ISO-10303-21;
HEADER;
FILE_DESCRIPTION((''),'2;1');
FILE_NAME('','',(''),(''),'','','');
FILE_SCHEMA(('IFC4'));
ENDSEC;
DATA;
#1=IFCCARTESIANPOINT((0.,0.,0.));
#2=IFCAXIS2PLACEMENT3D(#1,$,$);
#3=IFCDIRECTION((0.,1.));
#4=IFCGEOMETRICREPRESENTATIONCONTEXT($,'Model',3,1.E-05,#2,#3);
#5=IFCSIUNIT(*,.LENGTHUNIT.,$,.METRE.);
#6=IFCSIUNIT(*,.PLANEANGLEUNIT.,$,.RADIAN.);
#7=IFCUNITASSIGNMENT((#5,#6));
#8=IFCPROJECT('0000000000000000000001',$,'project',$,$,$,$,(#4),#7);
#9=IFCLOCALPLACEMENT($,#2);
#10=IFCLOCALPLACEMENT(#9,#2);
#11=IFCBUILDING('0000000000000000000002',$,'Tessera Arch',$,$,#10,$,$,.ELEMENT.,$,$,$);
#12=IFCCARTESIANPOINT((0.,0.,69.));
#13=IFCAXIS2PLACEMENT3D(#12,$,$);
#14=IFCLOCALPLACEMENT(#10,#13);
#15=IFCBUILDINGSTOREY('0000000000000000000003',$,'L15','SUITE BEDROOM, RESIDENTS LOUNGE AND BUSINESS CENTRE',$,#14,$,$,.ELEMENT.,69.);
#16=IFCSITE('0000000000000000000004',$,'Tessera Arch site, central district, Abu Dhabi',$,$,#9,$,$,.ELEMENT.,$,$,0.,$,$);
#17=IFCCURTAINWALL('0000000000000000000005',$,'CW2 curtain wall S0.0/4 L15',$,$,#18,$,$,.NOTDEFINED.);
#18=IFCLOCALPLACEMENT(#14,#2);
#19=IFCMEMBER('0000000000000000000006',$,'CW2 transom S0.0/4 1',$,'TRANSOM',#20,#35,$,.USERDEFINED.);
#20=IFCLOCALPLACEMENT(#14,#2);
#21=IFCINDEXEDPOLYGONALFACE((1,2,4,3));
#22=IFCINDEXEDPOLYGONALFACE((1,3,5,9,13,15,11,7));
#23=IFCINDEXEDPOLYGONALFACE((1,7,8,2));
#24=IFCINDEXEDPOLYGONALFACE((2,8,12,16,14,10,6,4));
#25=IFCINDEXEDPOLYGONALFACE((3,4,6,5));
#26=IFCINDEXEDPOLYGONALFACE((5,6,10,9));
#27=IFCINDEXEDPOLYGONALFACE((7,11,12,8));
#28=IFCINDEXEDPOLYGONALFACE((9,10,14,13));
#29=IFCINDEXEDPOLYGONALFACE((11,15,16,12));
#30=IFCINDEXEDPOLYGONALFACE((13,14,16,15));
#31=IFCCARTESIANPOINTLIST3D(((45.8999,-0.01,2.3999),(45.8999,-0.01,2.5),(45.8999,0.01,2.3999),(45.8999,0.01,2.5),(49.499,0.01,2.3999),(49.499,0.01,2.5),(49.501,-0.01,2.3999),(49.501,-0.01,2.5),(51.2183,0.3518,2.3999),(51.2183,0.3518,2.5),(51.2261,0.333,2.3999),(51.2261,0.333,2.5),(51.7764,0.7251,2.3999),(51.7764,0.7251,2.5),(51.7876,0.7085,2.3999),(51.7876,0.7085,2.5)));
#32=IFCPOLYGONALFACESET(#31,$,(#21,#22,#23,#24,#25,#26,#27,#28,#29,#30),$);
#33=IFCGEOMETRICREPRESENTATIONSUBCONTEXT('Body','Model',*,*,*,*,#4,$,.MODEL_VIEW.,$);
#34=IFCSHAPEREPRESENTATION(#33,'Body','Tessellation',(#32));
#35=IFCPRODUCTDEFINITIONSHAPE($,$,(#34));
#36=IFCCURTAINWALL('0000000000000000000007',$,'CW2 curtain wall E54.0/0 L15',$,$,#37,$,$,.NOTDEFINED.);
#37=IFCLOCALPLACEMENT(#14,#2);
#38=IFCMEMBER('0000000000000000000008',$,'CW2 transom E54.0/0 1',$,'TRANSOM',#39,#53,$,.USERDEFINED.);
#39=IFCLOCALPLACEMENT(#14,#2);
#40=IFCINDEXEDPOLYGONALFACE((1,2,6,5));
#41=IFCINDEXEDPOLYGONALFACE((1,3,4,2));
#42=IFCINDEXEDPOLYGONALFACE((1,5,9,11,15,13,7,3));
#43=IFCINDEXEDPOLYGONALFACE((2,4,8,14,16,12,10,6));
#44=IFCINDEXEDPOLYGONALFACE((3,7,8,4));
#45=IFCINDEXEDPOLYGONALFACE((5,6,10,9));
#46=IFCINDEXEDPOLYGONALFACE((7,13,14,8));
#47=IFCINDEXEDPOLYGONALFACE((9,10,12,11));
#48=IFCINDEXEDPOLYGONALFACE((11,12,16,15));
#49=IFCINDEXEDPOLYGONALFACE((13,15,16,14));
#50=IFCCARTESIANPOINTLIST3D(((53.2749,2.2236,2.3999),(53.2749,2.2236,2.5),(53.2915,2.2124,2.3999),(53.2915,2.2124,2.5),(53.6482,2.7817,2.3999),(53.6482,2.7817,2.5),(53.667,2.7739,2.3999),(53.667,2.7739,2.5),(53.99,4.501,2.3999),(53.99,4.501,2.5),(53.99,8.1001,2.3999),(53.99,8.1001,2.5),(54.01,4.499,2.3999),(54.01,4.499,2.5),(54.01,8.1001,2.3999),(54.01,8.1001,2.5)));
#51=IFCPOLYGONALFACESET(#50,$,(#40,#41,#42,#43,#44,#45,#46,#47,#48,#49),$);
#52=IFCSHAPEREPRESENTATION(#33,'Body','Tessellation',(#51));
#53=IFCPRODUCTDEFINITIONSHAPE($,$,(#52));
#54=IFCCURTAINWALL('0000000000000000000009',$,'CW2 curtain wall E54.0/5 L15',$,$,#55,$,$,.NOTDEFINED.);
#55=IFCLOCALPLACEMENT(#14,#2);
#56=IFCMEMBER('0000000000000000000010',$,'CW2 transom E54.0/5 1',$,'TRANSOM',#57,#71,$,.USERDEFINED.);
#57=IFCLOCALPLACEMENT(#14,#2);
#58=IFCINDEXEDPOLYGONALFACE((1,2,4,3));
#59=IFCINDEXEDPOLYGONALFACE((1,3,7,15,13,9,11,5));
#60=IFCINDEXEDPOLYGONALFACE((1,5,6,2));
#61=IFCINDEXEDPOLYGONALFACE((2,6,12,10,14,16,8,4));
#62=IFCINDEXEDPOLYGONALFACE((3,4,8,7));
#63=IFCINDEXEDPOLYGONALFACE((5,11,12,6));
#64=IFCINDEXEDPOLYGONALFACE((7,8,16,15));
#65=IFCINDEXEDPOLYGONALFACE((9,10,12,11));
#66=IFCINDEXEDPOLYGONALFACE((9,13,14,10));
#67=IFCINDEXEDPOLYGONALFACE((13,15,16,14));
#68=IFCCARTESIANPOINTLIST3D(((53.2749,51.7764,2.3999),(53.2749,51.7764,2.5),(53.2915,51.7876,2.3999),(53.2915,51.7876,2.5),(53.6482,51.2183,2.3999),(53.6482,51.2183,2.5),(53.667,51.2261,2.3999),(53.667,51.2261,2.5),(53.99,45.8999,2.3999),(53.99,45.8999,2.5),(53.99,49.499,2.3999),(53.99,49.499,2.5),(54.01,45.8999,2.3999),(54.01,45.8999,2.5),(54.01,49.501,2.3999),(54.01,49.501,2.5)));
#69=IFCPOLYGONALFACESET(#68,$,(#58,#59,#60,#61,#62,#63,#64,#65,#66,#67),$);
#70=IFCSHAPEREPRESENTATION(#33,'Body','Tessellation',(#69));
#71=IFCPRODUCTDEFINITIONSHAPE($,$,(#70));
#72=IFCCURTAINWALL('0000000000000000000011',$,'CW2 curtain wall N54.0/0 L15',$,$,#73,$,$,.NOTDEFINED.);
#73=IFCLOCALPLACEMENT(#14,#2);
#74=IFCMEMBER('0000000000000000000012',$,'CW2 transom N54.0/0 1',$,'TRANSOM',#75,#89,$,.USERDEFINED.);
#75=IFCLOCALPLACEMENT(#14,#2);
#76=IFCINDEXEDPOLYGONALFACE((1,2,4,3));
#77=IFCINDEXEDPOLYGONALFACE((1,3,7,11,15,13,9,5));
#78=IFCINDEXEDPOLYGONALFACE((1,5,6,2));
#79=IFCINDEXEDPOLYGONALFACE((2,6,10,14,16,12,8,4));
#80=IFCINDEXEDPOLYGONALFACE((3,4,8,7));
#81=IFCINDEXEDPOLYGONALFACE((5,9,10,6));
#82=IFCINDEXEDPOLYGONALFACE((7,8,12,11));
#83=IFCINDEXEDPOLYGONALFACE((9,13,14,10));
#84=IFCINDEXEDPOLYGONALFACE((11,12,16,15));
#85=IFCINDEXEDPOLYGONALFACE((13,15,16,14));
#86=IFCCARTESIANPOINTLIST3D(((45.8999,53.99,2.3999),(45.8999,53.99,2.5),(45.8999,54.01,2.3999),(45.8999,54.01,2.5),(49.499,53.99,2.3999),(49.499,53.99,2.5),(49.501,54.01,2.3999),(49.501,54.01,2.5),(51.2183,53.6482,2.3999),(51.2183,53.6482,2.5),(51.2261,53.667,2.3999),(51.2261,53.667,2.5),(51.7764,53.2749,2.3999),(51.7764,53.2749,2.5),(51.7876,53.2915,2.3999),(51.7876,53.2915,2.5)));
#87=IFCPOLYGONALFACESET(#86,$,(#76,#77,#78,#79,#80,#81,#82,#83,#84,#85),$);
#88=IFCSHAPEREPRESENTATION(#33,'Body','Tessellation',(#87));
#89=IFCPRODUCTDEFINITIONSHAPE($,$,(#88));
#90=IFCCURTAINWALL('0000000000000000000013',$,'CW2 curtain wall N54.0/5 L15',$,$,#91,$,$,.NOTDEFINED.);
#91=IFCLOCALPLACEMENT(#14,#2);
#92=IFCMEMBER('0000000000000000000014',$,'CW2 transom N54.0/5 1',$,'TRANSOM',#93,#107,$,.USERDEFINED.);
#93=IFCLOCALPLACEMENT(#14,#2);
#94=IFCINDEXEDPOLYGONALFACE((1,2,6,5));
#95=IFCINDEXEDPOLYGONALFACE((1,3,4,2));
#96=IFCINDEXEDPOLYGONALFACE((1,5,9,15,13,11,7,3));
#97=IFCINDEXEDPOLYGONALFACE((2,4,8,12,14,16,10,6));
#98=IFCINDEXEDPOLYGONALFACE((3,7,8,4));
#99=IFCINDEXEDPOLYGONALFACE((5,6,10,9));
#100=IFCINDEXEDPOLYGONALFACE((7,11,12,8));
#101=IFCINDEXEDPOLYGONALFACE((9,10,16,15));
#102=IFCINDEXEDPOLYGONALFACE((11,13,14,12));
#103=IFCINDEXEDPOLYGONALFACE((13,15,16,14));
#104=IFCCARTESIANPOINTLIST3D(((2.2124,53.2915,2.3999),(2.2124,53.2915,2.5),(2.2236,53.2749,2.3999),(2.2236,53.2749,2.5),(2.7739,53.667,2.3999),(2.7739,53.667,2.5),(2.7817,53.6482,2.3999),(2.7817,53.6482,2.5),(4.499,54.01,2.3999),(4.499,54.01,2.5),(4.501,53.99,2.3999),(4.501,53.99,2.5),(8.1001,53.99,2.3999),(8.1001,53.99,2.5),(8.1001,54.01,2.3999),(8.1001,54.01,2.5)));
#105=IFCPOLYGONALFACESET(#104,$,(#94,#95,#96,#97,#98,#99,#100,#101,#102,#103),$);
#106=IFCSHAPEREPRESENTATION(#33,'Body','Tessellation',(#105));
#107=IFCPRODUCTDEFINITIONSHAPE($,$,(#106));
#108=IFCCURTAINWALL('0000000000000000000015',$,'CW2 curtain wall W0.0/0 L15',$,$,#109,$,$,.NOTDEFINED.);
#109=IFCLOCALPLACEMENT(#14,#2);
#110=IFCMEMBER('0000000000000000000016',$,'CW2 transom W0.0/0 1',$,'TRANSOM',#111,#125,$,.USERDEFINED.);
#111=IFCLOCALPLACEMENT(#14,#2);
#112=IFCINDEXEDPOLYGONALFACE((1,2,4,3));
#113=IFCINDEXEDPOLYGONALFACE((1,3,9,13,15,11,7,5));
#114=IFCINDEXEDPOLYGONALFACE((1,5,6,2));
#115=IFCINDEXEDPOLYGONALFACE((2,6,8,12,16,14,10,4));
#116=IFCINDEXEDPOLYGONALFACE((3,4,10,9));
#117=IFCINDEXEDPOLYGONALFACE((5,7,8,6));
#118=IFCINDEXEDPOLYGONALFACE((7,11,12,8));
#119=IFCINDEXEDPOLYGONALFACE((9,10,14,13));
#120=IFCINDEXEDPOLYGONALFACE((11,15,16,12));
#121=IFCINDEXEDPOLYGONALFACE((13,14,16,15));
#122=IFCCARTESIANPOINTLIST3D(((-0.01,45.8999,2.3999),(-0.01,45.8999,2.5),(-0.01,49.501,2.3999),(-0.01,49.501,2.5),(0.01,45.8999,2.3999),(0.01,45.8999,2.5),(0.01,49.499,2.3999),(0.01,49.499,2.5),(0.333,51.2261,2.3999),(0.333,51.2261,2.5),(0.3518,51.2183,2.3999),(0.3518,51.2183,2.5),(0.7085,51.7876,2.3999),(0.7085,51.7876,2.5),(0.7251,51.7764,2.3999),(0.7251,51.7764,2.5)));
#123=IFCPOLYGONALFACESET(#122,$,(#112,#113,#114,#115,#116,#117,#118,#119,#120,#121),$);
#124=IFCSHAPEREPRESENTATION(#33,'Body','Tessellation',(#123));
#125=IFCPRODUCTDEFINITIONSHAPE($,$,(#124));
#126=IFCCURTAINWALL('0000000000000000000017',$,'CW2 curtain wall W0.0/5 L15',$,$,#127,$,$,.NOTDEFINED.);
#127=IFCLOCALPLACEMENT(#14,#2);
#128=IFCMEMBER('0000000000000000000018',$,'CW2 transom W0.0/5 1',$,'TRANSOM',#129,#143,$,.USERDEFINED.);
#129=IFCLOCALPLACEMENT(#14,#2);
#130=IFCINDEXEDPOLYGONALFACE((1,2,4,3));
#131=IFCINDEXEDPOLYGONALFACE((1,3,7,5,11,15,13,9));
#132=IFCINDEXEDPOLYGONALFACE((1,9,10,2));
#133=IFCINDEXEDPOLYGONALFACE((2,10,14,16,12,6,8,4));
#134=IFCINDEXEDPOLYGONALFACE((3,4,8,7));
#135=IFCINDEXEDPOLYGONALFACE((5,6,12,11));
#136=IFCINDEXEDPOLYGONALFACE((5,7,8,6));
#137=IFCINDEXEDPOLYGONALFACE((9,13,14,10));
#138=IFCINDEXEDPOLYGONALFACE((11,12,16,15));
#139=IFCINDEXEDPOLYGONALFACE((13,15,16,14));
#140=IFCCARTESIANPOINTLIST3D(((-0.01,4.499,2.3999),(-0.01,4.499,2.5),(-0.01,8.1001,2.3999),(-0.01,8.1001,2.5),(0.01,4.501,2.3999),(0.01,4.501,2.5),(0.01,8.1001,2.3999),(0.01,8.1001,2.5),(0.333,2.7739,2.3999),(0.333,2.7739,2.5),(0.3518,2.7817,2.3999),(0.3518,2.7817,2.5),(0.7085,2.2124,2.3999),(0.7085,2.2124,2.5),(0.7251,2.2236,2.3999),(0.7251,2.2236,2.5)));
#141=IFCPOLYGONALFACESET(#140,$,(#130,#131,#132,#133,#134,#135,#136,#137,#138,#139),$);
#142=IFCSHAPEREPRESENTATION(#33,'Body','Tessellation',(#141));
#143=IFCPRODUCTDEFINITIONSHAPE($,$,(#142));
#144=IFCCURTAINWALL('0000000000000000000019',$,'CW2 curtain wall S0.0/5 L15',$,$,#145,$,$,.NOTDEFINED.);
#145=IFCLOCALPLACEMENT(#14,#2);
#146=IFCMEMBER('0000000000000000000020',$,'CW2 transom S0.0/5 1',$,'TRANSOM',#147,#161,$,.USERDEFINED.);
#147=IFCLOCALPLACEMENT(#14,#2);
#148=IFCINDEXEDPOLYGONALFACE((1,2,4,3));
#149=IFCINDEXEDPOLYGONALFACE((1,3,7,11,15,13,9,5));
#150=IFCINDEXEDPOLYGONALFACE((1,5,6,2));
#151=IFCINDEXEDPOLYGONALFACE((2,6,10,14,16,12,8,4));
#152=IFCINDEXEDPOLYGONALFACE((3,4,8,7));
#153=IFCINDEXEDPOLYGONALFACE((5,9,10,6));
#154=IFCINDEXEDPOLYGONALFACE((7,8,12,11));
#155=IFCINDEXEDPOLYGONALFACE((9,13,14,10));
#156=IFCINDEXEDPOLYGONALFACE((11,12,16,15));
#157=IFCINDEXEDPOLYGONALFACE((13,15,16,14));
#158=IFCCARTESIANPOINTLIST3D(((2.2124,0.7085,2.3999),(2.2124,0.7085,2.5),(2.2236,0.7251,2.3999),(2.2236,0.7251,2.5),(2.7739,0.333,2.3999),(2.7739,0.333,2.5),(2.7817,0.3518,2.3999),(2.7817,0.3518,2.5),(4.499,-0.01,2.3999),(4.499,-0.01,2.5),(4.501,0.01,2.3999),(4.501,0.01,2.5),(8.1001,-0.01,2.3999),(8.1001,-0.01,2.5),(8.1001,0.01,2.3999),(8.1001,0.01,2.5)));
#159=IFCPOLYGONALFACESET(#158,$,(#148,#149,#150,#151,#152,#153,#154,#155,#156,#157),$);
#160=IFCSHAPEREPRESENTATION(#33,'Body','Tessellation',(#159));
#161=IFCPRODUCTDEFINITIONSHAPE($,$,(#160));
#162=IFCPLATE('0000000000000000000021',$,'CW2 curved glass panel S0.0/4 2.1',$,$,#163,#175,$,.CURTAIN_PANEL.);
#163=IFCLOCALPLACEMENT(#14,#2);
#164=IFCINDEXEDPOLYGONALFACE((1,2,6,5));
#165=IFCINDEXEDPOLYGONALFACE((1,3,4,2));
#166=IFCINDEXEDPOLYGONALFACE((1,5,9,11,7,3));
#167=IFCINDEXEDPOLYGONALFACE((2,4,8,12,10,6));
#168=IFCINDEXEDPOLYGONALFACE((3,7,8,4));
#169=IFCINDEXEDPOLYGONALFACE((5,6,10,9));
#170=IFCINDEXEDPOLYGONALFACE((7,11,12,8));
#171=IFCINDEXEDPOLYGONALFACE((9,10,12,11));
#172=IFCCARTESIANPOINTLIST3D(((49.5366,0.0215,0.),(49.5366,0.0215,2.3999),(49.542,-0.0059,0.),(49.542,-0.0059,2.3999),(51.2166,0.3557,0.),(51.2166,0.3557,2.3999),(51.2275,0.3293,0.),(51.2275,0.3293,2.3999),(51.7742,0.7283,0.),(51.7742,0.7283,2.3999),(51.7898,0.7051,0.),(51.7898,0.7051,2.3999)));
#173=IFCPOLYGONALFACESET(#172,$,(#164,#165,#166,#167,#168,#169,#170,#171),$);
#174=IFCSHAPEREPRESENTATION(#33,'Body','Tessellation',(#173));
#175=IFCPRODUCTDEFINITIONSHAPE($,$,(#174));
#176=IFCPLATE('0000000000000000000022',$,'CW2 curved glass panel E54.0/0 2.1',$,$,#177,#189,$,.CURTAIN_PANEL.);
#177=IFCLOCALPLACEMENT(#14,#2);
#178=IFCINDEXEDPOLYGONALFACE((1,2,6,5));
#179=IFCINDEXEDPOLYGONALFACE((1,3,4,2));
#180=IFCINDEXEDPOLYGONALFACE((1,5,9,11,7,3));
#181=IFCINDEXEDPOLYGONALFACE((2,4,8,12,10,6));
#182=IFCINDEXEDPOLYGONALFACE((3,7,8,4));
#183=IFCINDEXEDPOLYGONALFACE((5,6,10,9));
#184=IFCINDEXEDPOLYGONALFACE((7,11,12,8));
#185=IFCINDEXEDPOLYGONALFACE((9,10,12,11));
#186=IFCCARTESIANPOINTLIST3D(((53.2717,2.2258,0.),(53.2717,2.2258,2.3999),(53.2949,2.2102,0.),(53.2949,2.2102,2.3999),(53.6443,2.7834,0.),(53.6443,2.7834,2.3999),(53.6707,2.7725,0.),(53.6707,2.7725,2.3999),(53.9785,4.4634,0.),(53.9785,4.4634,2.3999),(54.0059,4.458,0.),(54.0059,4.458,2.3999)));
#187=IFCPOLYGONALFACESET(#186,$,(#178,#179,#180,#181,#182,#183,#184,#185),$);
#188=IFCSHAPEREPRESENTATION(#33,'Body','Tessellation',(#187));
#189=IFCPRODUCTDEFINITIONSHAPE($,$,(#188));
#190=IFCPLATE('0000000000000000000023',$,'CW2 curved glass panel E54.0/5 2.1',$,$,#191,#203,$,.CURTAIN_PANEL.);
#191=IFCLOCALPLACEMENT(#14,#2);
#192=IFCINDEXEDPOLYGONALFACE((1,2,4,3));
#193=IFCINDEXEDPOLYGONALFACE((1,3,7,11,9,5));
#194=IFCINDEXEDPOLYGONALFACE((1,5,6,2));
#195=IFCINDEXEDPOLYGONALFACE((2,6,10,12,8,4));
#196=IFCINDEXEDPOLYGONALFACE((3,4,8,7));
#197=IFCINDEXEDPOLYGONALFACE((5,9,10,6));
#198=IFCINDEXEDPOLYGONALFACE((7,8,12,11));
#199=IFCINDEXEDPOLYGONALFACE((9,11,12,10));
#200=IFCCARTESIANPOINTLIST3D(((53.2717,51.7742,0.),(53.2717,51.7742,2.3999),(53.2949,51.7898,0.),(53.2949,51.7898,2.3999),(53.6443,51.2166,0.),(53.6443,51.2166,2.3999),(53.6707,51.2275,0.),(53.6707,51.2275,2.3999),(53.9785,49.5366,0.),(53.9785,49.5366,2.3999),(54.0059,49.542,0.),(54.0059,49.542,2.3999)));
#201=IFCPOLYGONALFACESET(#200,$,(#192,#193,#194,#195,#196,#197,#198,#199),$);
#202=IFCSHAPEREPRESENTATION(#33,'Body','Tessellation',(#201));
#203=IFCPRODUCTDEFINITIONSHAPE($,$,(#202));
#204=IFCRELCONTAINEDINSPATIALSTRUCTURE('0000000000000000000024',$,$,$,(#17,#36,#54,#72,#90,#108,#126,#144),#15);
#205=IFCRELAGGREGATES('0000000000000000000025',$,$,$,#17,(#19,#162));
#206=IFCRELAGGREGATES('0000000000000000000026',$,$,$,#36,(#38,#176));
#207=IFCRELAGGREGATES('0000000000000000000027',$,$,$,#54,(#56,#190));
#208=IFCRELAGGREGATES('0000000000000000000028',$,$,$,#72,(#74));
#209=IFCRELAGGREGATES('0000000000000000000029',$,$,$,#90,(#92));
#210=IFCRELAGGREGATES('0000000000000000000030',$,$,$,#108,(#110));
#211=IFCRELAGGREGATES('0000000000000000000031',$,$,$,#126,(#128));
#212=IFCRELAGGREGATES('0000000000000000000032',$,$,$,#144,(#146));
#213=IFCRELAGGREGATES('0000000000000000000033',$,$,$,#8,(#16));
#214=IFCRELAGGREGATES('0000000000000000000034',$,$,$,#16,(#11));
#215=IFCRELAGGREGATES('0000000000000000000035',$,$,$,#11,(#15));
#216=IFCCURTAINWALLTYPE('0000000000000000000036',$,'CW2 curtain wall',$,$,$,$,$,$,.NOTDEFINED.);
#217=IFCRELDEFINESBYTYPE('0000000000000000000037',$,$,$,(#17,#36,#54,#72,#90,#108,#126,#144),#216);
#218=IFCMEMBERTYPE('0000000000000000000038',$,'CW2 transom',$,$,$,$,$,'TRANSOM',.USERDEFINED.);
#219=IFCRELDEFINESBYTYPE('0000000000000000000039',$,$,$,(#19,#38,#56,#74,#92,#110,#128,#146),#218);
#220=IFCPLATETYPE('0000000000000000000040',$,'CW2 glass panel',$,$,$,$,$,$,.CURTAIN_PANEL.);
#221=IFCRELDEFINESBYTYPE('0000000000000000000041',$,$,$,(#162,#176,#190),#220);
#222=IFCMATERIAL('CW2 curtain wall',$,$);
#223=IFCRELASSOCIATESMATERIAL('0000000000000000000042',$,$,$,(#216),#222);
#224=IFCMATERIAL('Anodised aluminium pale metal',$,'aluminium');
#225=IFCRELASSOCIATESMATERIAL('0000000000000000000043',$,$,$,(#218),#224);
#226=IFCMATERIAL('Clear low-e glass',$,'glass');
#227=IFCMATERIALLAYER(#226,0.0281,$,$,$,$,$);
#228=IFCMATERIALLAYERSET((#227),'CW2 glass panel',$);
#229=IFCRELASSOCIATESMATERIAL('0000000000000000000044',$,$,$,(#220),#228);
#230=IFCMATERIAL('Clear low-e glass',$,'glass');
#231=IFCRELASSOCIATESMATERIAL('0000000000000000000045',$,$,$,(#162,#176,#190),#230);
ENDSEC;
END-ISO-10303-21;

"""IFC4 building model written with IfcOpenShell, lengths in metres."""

from ifc_helpers import new_model, si_unit, direction, frame, origin, origin_2d, place, context, subcontext, project, spatial, polyline, rectangle, outline, extrude, material, layer, layer_set, material_profile, profile_set, type_object, element, aggregate, save


model = new_model("IFC4")

# Units and contexts
model_context = context("Model", 3, precision=1e-05, world=origin(), true_north=direction((0.0, 1.0)))
body_context = subcontext(model_context, "Body", "Model", "MODEL_VIEW")
ifc_project = project(units=[si_unit("LENGTHUNIT", "METRE"), si_unit("PLANEANGLEUNIT", "RADIAN")], contexts=[model_context])

# Site, building, storey
site_placement = place(None, origin())
site = spatial("IfcSite", under=ifc_project, at=site_placement, Name="Tessera Arch site, central district, Abu Dhabi", CompositionType="ELEMENT", RefElevation=0.0)
building_placement = place(site_placement, origin())
building = spatial("IfcBuilding", under=site, at=building_placement, Name="Tessera Arch", CompositionType="ELEMENT")
storey_placement = place(building_placement, frame((0.0, 0.0, 69.0)))
storey = spatial("IfcBuildingStorey", under=building, at=storey_placement, Name="L15", Description="SUITE BEDROOM, RESIDENTS LOUNGE AND BUSINESS CENTRE", CompositionType="ELEMENT", Elevation=69.0)

# Curtain walls, members
ifc_material_1 = material(Name="CW2 curtain wall")
curtain_wall_type = type_object("IfcCurtainWallType", Name="CW2 curtain wall", PredefinedType="NOTDEFINED", material=ifc_material_1)
curtain_wall_1_placement = place(storey_placement, origin())
curtain_wall_1 = element("IfcCurtainWall", 1, at=curtain_wall_1_placement, inside=storey, type_object=curtain_wall_type, Name="CW2 curtain wall S0.0/4 L15", PredefinedType="NOTDEFINED")
ifc_material_2 = material(Name="Anodised aluminium pale metal", Category="aluminium")
ifc_material_profile = material_profile(ifc_material_2, rectangle(XDim=0.2, YDim=0.1001, at=origin_2d()), Name="AL 200x100")
ifc_profile_set = profile_set([ifc_material_profile], Name="Anodised aluminium pale metal")
member_type = type_object("IfcMemberType", Name="CW2 transom", ElementType="TRANSOM", PredefinedType="USERDEFINED", material=ifc_profile_set)
member_1_placement = place(storey_placement, frame((0.0, 0.0, 2.3999)))
member_1 = element("IfcMember", 2, at=member_1_placement, type_object=member_type, Name="CW2 transom S0.0/4 1", ObjectType="TRANSOM", PredefinedType="USERDEFINED", context=body_context, shape_type="SweptSolid", body=[
    extrude(outline(polyline([(49.499, 0.01), (45.8999, 0.01), (45.8999, -0.01), (49.501, -0.01), (51.2261, 0.333), (51.7876, 0.7085), (51.7764, 0.7251), (51.2183, 0.3518), (49.499, 0.01)])), origin(), (0.0, 0.0, 1.0), 0.1001),
])
curtain_wall_2_placement = place(storey_placement, origin())
curtain_wall_2 = element("IfcCurtainWall", 3, at=curtain_wall_2_placement, inside=storey, type_object=curtain_wall_type, Name="CW2 curtain wall E54.0/0 L15", PredefinedType="NOTDEFINED")
member_2_placement = place(storey_placement, frame((0.0, 0.0, 2.3999)))
member_2 = element("IfcMember", 4, at=member_2_placement, type_object=member_type, Name="CW2 transom E54.0/0 1", ObjectType="TRANSOM", PredefinedType="USERDEFINED", context=body_context, shape_type="SweptSolid", body=[
    extrude(outline(polyline([(53.6482, 2.7817), (53.2749, 2.2236), (53.2915, 2.2124), (53.667, 2.7739), (54.01, 4.499), (54.01, 8.1001), (53.99, 8.1001), (53.99, 4.501), (53.6482, 2.7817)])), origin(), (0.0, 0.0, 1.0), 0.1001),
])
curtain_wall_3_placement = place(storey_placement, origin())
curtain_wall_3 = element("IfcCurtainWall", 5, at=curtain_wall_3_placement, inside=storey, type_object=curtain_wall_type, Name="CW2 curtain wall E54.0/5 L15", PredefinedType="NOTDEFINED")
member_3_placement = place(storey_placement, frame((0.0, 0.0, 2.3999)))
member_3 = element("IfcMember", 6, at=member_3_placement, type_object=member_type, Name="CW2 transom E54.0/5 1", ObjectType="TRANSOM", PredefinedType="USERDEFINED", context=body_context, shape_type="SweptSolid", body=[
    extrude(outline(polyline([(53.99, 49.499), (53.99, 45.8999), (54.01, 45.8999), (54.01, 49.501), (53.667, 51.2261), (53.2915, 51.7876), (53.2749, 51.7764), (53.6482, 51.2183), (53.99, 49.499)])), origin(), (0.0, 0.0, 1.0), 0.1001),
])
curtain_wall_4_placement = place(storey_placement, origin())
curtain_wall_4 = element("IfcCurtainWall", 7, at=curtain_wall_4_placement, inside=storey, type_object=curtain_wall_type, Name="CW2 curtain wall N54.0/0 L15", PredefinedType="NOTDEFINED")
member_4_placement = place(storey_placement, frame((0.0, 0.0, 2.3999)))
member_4 = element("IfcMember", 8, at=member_4_placement, type_object=member_type, Name="CW2 transom N54.0/0 1", ObjectType="TRANSOM", PredefinedType="USERDEFINED", context=body_context, shape_type="SweptSolid", body=[
    extrude(outline(polyline([(51.2183, 53.6482), (51.7764, 53.2749), (51.7876, 53.2915), (51.2261, 53.667), (49.501, 54.01), (45.8999, 54.01), (45.8999, 53.99), (49.499, 53.99), (51.2183, 53.6482)])), origin(), (0.0, 0.0, 1.0), 0.1001),
])
curtain_wall_5_placement = place(storey_placement, origin())
curtain_wall_5 = element("IfcCurtainWall", 9, at=curtain_wall_5_placement, inside=storey, type_object=curtain_wall_type, Name="CW2 curtain wall N54.0/5 L15", PredefinedType="NOTDEFINED")
member_5_placement = place(storey_placement, frame((0.0, 0.0, 2.3999)))
member_5 = element("IfcMember", 10, at=member_5_placement, type_object=member_type, Name="CW2 transom N54.0/5 1", ObjectType="TRANSOM", PredefinedType="USERDEFINED", context=body_context, shape_type="SweptSolid", body=[
    extrude(outline(polyline([(4.501, 53.99), (8.1001, 53.99), (8.1001, 54.01), (4.499, 54.01), (2.7739, 53.667), (2.2124, 53.2915), (2.2236, 53.2749), (2.7817, 53.6482), (4.501, 53.99)])), origin(), (0.0, 0.0, 1.0), 0.1001),
])
curtain_wall_6_placement = place(storey_placement, origin())
curtain_wall_6 = element("IfcCurtainWall", 11, at=curtain_wall_6_placement, inside=storey, type_object=curtain_wall_type, Name="CW2 curtain wall W0.0/0 L15", PredefinedType="NOTDEFINED")
member_6_placement = place(storey_placement, frame((0.0, 0.0, 2.3999)))
member_6 = element("IfcMember", 12, at=member_6_placement, type_object=member_type, Name="CW2 transom W0.0/0 1", ObjectType="TRANSOM", PredefinedType="USERDEFINED", context=body_context, shape_type="SweptSolid", body=[
    extrude(outline(polyline([(0.3518, 51.2183), (0.7251, 51.7764), (0.7085, 51.7876), (0.333, 51.2261), (-0.01, 49.501), (-0.01, 45.8999), (0.01, 45.8999), (0.01, 49.499), (0.3518, 51.2183)])), origin(), (0.0, 0.0, 1.0), 0.1001),
])
curtain_wall_7_placement = place(storey_placement, origin())
curtain_wall_7 = element("IfcCurtainWall", 13, at=curtain_wall_7_placement, inside=storey, type_object=curtain_wall_type, Name="CW2 curtain wall W0.0/5 L15", PredefinedType="NOTDEFINED")
member_7_placement = place(storey_placement, frame((0.0, 0.0, 2.3999)))
member_7 = element("IfcMember", 14, at=member_7_placement, type_object=member_type, Name="CW2 transom W0.0/5 1", ObjectType="TRANSOM", PredefinedType="USERDEFINED", context=body_context, shape_type="SweptSolid", body=[
    extrude(outline(polyline([(0.01, 4.501), (0.01, 8.1001), (-0.01, 8.1001), (-0.01, 4.499), (0.333, 2.7739), (0.7085, 2.2124), (0.7251, 2.2236), (0.3518, 2.7817), (0.01, 4.501)])), origin(), (0.0, 0.0, 1.0), 0.1001),
])
curtain_wall_8_placement = place(storey_placement, origin())
curtain_wall_8 = element("IfcCurtainWall", 15, at=curtain_wall_8_placement, inside=storey, type_object=curtain_wall_type, Name="CW2 curtain wall S0.0/5 L15", PredefinedType="NOTDEFINED")
member_8_placement = place(storey_placement, frame((0.0, 0.0, 2.3999)))
member_8 = element("IfcMember", 16, at=member_8_placement, type_object=member_type, Name="CW2 transom S0.0/5 1", ObjectType="TRANSOM", PredefinedType="USERDEFINED", context=body_context, shape_type="SweptSolid", body=[
    extrude(outline(polyline([(2.7817, 0.3518), (2.2236, 0.7251), (2.2124, 0.7085), (2.7739, 0.333), (4.499, -0.01), (8.1001, -0.01), (8.1001, 0.01), (4.501, 0.01), (2.7817, 0.3518)])), origin(), (0.0, 0.0, 1.0), 0.1001),
])

# Plates
ifc_material_3 = material(Name="Clear low-e glass", Category="glass")
ifc_material_4 = material(Name="Clear low-e glass", Category="glass")
ifc_layer_1 = layer(ifc_material_4, 0.0281)
ifc_layer_set_1 = layer_set([ifc_layer_1], Name="CW2 glass panel")
plate_type_1 = type_object("IfcPlateType", Name="CW2 glass panel", PredefinedType="CURTAIN_PANEL", material=ifc_layer_set_1)
plate_1_placement = place(storey_placement, origin())
plate_1 = element("IfcPlate", 17, at=plate_1_placement, type_object=plate_type_1, material=ifc_material_3, Name="CW2 curved glass panel S0.0/4 2.1", PredefinedType="CURTAIN_PANEL", context=body_context, shape_type="SweptSolid", body=[
    extrude(outline(polyline([(51.2166, 0.3557), (49.5366, 0.0215), (49.542, -0.0059), (51.2275, 0.3293), (51.7898, 0.7051), (51.7742, 0.7283), (51.2166, 0.3557)])), origin(), (0.0, 0.0, 1.0), 2.3999),
])
plate_2_placement = place(storey_placement, origin())
plate_2 = element("IfcPlate", 18, at=plate_2_placement, type_object=plate_type_1, material=ifc_material_3, Name="CW2 curved glass panel E54.0/0 2.1", PredefinedType="CURTAIN_PANEL", context=body_context, shape_type="SweptSolid", body=[
    extrude(outline(polyline([(53.6443, 2.7834), (53.2717, 2.2258), (53.2949, 2.2102), (53.6707, 2.7725), (54.0059, 4.458), (53.9785, 4.4634), (53.6443, 2.7834)])), origin(), (0.0, 0.0, 1.0), 2.3999),
])
plate_3_placement = place(storey_placement, origin())
plate_3 = element("IfcPlate", 19, at=plate_3_placement, type_object=plate_type_1, material=ifc_material_3, Name="CW2 curved glass panel E54.0/5 2.1", PredefinedType="CURTAIN_PANEL", context=body_context, shape_type="SweptSolid", body=[
    extrude(outline(polyline([(53.6443, 51.2166), (53.9785, 49.5366), (54.0059, 49.542), (53.6707, 51.2275), (53.2949, 51.7898), (53.2717, 51.7742), (53.6443, 51.2166)])), origin(), (0.0, 0.0, 1.0), 2.3999),
])
aggregate(curtain_wall_1, [member_1, plate_1])
aggregate(curtain_wall_2, [member_2, plate_2])
aggregate(curtain_wall_3, [member_3, plate_3])
aggregate(curtain_wall_4, [member_4])
aggregate(curtain_wall_5, [member_5])
aggregate(curtain_wall_6, [member_6])
aggregate(curtain_wall_7, [member_7])
aggregate(curtain_wall_8, [member_8])

save(model, "model.ifc")
